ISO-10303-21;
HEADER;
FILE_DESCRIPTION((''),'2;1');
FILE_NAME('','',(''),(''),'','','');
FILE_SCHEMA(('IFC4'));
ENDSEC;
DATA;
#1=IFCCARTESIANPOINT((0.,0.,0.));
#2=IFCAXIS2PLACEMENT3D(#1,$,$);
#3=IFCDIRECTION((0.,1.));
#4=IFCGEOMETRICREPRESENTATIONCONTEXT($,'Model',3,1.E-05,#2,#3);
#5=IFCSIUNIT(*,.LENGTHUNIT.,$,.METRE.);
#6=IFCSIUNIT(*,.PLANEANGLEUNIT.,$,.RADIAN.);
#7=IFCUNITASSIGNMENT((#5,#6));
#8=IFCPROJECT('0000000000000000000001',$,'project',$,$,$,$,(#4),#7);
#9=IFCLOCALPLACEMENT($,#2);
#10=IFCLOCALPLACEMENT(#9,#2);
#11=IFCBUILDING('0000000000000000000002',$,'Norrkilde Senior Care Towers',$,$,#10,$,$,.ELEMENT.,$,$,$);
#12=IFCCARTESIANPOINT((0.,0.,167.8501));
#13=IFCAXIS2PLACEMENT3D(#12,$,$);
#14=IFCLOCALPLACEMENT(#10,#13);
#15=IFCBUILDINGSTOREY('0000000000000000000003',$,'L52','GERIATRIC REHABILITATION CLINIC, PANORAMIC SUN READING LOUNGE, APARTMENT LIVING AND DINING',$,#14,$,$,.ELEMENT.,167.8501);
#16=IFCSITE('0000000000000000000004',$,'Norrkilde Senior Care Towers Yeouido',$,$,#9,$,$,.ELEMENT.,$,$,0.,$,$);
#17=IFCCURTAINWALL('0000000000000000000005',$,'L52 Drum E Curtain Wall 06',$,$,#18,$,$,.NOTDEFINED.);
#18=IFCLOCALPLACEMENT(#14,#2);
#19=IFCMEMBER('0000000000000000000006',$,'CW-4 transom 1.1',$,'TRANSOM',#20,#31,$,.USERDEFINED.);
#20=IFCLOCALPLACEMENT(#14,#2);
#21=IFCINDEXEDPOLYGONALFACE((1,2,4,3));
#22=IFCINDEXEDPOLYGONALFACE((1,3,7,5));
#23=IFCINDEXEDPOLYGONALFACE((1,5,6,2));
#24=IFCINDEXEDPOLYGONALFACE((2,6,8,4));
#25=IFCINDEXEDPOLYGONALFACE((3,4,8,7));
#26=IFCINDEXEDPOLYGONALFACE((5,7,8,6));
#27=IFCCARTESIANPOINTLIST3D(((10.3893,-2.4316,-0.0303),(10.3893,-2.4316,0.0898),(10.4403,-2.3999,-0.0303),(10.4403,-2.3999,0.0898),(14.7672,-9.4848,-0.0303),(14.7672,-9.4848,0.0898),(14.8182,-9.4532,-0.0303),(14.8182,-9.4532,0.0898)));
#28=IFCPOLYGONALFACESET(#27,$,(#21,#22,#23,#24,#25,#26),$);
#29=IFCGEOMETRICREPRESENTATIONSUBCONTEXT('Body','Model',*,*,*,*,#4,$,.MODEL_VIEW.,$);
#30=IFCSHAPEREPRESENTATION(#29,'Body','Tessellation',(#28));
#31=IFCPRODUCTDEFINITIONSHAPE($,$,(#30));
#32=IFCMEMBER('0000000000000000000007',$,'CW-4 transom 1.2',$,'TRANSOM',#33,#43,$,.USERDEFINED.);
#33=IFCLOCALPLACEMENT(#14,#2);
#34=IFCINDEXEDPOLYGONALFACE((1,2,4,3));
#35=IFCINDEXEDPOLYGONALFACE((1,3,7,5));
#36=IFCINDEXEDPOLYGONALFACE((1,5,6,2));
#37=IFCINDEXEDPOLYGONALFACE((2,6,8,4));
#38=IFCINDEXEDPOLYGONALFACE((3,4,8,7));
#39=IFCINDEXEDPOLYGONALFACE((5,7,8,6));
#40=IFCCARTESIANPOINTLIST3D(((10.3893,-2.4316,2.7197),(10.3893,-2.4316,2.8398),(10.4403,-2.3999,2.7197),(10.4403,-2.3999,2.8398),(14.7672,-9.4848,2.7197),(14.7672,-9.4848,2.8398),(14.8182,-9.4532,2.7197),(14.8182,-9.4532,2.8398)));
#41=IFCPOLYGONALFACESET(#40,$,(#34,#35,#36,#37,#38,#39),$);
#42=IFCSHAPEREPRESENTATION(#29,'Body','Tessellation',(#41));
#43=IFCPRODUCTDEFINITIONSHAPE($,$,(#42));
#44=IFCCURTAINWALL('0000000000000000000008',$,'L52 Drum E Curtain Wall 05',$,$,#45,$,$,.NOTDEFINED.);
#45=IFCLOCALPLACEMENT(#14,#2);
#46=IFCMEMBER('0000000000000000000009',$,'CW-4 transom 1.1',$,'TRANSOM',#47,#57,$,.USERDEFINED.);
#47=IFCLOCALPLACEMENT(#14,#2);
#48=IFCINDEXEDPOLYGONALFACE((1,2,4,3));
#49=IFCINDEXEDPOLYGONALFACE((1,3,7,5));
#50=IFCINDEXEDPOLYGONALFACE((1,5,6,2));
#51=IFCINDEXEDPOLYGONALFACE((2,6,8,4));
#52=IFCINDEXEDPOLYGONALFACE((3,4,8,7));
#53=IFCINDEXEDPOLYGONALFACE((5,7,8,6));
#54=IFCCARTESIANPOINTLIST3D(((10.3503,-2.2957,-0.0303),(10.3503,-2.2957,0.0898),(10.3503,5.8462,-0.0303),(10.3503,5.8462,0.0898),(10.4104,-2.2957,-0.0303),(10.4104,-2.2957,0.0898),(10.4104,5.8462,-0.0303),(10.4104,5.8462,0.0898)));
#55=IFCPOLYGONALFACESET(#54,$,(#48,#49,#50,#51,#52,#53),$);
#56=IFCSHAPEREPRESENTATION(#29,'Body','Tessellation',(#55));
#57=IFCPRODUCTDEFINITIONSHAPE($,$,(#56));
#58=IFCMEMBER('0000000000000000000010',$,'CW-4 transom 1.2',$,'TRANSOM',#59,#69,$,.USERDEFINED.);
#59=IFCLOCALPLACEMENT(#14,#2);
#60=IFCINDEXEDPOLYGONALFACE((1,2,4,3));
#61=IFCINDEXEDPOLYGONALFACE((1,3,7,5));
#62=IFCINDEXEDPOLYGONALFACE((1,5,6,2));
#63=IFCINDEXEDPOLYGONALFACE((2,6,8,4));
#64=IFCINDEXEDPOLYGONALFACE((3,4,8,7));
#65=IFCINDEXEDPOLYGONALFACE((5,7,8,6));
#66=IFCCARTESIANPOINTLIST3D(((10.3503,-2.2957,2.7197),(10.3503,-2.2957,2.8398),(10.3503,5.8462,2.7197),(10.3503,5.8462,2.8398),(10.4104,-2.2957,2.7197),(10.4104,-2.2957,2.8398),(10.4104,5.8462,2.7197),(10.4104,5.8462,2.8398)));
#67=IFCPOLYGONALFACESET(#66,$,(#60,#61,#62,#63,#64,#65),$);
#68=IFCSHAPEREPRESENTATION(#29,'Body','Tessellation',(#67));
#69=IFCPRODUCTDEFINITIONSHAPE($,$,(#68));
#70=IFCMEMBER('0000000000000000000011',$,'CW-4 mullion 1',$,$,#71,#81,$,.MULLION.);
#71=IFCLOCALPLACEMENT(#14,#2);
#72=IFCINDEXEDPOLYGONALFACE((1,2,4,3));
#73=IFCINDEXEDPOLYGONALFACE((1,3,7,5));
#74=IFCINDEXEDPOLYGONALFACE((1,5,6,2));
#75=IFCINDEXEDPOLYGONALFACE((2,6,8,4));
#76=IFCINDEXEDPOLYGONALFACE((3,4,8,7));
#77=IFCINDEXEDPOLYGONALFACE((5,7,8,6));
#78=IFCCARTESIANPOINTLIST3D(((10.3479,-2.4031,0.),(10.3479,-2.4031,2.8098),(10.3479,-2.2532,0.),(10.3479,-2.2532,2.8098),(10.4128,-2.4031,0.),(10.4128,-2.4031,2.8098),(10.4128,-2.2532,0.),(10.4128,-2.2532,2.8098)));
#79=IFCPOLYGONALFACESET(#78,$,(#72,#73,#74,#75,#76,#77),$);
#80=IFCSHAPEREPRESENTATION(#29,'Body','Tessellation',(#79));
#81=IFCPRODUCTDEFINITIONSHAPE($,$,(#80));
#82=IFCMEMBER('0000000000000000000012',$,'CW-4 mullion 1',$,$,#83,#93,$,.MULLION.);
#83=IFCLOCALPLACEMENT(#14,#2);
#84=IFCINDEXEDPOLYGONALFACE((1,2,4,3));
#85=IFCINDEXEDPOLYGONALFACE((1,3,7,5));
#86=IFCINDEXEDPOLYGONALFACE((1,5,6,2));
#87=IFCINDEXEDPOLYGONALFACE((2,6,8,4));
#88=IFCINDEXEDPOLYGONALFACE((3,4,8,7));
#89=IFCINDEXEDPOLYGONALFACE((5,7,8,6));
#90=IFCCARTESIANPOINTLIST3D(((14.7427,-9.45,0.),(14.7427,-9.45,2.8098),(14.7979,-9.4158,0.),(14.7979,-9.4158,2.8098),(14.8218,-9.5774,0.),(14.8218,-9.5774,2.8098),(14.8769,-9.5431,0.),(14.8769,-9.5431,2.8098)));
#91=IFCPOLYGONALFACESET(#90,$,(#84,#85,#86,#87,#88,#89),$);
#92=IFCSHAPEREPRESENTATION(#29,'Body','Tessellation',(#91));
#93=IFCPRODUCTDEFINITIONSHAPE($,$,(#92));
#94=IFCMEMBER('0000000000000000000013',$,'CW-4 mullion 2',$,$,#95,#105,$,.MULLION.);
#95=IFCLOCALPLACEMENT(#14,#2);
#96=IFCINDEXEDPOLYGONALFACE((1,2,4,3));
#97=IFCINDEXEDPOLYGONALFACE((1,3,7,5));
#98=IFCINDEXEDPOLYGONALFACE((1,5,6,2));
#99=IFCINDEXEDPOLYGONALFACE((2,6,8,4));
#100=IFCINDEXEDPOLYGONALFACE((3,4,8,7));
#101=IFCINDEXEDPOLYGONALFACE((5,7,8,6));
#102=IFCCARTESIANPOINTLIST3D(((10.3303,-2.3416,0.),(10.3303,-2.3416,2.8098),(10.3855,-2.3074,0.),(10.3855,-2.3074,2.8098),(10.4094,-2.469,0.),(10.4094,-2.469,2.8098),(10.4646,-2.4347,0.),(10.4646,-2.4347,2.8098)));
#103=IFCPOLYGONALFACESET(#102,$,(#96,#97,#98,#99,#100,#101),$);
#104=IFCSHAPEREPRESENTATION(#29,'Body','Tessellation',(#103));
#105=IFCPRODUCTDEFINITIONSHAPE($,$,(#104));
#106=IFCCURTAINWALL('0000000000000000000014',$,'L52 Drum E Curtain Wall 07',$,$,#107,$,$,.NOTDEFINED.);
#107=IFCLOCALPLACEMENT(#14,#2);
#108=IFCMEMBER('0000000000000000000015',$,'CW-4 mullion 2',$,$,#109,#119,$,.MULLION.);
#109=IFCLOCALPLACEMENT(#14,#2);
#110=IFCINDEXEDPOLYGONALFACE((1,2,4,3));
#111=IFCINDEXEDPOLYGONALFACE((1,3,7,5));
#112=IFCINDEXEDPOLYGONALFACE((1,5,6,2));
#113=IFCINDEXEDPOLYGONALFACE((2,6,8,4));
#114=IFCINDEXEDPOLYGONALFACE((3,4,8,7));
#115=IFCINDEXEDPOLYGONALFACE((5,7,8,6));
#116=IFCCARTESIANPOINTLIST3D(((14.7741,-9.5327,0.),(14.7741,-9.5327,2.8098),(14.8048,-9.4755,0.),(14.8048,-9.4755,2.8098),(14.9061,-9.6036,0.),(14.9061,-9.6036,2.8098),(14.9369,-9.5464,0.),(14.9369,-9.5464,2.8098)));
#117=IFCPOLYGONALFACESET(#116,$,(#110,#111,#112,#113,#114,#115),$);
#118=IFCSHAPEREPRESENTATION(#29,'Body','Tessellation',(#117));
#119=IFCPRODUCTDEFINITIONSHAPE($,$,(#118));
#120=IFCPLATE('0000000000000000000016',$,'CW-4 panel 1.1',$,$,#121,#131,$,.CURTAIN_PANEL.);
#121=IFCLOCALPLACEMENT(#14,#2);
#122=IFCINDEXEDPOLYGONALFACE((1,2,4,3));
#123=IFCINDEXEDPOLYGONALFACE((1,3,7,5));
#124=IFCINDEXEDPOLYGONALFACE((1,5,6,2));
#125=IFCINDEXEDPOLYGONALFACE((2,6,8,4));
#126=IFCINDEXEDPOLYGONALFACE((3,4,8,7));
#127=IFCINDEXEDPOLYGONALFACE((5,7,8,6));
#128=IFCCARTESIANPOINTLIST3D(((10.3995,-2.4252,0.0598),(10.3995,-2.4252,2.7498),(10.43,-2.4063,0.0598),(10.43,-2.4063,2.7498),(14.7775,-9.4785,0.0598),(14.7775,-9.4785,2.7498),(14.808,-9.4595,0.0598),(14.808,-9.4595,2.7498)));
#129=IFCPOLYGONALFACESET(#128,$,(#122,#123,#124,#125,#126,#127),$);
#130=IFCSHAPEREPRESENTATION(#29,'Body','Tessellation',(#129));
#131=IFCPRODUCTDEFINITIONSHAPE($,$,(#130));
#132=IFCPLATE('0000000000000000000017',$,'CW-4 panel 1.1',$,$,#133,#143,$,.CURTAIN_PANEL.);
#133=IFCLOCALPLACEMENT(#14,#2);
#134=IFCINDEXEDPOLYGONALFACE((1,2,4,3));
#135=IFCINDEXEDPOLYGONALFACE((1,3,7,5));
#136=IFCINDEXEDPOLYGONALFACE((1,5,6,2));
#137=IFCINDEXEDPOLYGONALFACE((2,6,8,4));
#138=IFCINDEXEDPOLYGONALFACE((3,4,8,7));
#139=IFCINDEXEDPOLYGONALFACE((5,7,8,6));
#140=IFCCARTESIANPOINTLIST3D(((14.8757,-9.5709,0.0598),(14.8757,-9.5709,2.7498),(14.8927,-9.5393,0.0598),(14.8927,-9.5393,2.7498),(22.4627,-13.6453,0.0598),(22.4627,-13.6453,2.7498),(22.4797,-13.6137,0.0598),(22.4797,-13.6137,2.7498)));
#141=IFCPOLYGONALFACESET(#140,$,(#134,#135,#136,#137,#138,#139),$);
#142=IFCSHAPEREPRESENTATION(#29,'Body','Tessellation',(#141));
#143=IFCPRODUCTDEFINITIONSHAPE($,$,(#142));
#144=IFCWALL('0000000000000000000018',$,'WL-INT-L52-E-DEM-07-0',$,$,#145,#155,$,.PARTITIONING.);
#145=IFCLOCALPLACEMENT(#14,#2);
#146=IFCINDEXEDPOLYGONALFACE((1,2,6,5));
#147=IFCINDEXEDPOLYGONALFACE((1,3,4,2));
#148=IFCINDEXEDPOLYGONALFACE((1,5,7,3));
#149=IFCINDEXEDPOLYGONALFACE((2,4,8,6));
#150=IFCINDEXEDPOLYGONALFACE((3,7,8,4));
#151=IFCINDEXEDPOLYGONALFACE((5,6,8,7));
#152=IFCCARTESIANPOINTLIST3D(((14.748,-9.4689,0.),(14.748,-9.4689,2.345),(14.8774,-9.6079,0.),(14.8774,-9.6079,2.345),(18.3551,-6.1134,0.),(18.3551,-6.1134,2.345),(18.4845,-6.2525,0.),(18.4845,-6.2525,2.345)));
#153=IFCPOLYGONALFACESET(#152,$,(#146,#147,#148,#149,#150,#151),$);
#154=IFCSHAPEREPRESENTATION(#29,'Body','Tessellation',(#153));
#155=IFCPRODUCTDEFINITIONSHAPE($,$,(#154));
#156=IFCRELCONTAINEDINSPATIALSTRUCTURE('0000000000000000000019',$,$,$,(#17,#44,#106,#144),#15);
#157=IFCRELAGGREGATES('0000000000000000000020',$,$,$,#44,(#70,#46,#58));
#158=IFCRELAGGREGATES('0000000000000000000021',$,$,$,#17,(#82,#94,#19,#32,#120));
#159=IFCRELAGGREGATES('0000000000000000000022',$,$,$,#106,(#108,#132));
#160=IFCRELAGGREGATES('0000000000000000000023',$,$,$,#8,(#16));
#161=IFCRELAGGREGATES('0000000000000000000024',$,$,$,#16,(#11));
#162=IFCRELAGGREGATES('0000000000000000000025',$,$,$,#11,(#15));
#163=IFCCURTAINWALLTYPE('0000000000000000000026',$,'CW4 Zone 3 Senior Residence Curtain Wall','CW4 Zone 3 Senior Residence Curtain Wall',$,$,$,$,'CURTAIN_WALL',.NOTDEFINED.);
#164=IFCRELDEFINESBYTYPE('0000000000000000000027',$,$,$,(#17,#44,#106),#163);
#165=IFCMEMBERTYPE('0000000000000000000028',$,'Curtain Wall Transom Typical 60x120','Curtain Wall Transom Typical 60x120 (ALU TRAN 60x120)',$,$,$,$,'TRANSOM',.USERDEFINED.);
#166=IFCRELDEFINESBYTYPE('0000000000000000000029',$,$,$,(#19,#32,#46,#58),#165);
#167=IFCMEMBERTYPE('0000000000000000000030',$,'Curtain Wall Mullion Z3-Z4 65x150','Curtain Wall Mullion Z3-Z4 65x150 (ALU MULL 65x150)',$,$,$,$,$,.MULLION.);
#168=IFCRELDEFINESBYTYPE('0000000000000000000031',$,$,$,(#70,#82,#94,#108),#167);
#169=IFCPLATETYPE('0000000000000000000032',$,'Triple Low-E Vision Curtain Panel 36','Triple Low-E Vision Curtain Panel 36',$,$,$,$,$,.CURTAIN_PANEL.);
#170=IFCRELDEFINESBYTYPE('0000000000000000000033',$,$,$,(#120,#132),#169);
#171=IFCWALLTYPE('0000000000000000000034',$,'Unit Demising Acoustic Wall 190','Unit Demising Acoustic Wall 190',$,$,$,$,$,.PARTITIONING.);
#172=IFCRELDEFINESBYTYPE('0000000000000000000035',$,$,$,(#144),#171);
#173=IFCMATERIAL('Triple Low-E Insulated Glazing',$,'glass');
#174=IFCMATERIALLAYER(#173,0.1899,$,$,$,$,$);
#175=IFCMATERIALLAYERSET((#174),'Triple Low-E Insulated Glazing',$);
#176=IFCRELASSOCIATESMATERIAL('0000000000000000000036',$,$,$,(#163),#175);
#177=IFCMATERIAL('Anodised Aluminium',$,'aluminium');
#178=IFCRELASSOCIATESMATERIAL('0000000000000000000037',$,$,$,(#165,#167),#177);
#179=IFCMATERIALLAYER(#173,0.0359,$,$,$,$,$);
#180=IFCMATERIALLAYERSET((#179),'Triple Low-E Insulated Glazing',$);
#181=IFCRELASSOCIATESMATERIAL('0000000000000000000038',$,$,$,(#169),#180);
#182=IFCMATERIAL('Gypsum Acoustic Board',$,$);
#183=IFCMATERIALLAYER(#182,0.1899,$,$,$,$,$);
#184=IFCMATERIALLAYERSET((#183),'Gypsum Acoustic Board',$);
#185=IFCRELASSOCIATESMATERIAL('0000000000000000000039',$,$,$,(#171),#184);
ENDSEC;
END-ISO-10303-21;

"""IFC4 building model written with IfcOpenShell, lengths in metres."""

from ifc_helpers import new_model, si_unit, direction, frame, frame_2d, origin, origin_2d, place, context, subcontext, project, spatial, rectangle, extrude, source, transform, mapped, material, layer, layer_set, material_profile, profile_set, type_object, type_shapes, element, aggregate, save


model = new_model("IFC4")

# Units and contexts
model_context = context("Model", 3, precision=1e-05, world=origin(), true_north=direction((0.0, 1.0)))
body_context = subcontext(model_context, "Body", "Model", "MODEL_VIEW")
ifc_project = project(units=[si_unit("LENGTHUNIT", "METRE"), si_unit("PLANEANGLEUNIT", "RADIAN")], contexts=[model_context])

# Site, building, storey
site_placement = place(None, origin())
site = spatial("IfcSite", under=ifc_project, at=site_placement, Name="Norrkilde Senior Care Towers Yeouido", CompositionType="ELEMENT", RefElevation=0.0)
building_placement = place(site_placement, origin())
building = spatial("IfcBuilding", under=site, at=building_placement, Name="Norrkilde Senior Care Towers", CompositionType="ELEMENT")
storey_placement = place(building_placement, frame((0.0, 0.0, 167.8501)))
storey = spatial("IfcBuildingStorey", under=building, at=storey_placement, Name="L52", Description="GERIATRIC REHABILITATION CLINIC, PANORAMIC SUN READING LOUNGE, APARTMENT LIVING AND DINING", CompositionType="ELEMENT", Elevation=167.8501)

# Curtain walls, members
ifc_material_1 = material(Name="Triple Low-E Insulated Glazing", Category="glass")
ifc_layer_1 = layer(ifc_material_1, 0.1899)
ifc_layer_set_1 = layer_set([ifc_layer_1], Name="Triple Low-E Insulated Glazing")
curtain_wall_type = type_object("IfcCurtainWallType", Name="CW4 Zone 3 Senior Residence Curtain Wall", Description="CW4 Zone 3 Senior Residence Curtain Wall", ElementType="CURTAIN_WALL", PredefinedType="NOTDEFINED", material=ifc_layer_set_1)
curtain_wall_1_placement = place(storey_placement, origin())
curtain_wall_1 = element("IfcCurtainWall", 1, at=curtain_wall_1_placement, inside=storey, type_object=curtain_wall_type, Name="L52 Drum E Curtain Wall 06", PredefinedType="NOTDEFINED")
ifc_material_2 = material(Name="Anodised Aluminium", Category="aluminium")
ifc_material_profile_1 = material_profile(ifc_material_2, rectangle(XDim=0.0601, YDim=0.1201, at=origin_2d()), Name="ALU TRAN 60x120")
ifc_profile_set_1 = profile_set([ifc_material_profile_1], Name="Anodised Aluminium")
member_type_1 = type_object("IfcMemberType", Name="Curtain Wall Transom Typical 60x120", Description="Curtain Wall Transom Typical 60x120 (ALU TRAN 60x120)", ElementType="TRANSOM", PredefinedType="USERDEFINED", material=ifc_profile_set_1)
shared_shape_1 = source(origin(), body_context, "Body", "SweptSolid", [
    extrude(rectangle(XDim=0.0601, YDim=0.1201, at=origin_2d()), origin(), (0.0, 0.0, 1.0), 8.3015),
])
member_1_placement = place(storey_placement, frame((14.7927, -9.469, 0.0298), z_axis=(-0.527369, 0.849637, 0.0), x_axis=(-0.849637, -0.527369, 0.0)))
member_1 = element("IfcMember", 2, at=member_1_placement, type_object=member_type_1, Name="CW-4 transom 1.1", ObjectType="TRANSOM", PredefinedType="USERDEFINED", context=body_context, shape_type="MappedRepresentation", body=[
    mapped(shared_shape_1, transform((0.0, 0.0, 0.0), x_axis=(1.0, 0.0, 0.0), y_axis=(0.0, 1.0, 0.0), z_axis=(0.0, 0.0, 1.0), scale=1.0)),
])
member_2_placement = place(storey_placement, frame((14.7927, -9.469, 2.7798), z_axis=(-0.527369, 0.849637, 0.0), x_axis=(-0.849637, -0.527369, 0.0)))
member_2 = element("IfcMember", 3, at=member_2_placement, type_object=member_type_1, Name="CW-4 transom 1.2", ObjectType="TRANSOM", PredefinedType="USERDEFINED", context=body_context, shape_type="MappedRepresentation", body=[
    mapped(shared_shape_1, transform((0.0, 0.0, 0.0), x_axis=(1.0, 0.0, 0.0), y_axis=(0.0, 1.0, 0.0), z_axis=(0.0, 0.0, 1.0), scale=1.0)),
])
curtain_wall_2_placement = place(storey_placement, origin())
curtain_wall_2 = element("IfcCurtainWall", 4, at=curtain_wall_2_placement, inside=storey, type_object=curtain_wall_type, Name="L52 Drum E Curtain Wall 05", PredefinedType="NOTDEFINED")
shared_shape_2 = source(origin(), body_context, "Body", "SweptSolid", [
    extrude(rectangle(XDim=0.0601, YDim=0.1201, at=origin_2d()), origin(), (0.0, 0.0, 1.0), 8.1418),
])
type_shapes(member_type_1, [shared_shape_1, shared_shape_2])
member_3_placement = place(storey_placement, frame((10.3804, -2.2957, 0.0298), z_axis=(0.0, 1.0, 0.0), x_axis=(-1.0, 0.0, 0.0)))
member_3 = element("IfcMember", 5, at=member_3_placement, type_object=member_type_1, Name="CW-4 transom 1.1", ObjectType="TRANSOM", PredefinedType="USERDEFINED", context=body_context, shape_type="MappedRepresentation", body=[
    mapped(shared_shape_2, transform((0.0, 0.0, 0.0), x_axis=(1.0, 0.0, 0.0), y_axis=(0.0, 1.0, 0.0), z_axis=(0.0, 0.0, 1.0), scale=1.0)),
])
member_4_placement = place(storey_placement, frame((10.3804, -2.2957, 2.7798), z_axis=(0.0, 1.0, 0.0), x_axis=(-1.0, 0.0, 0.0)))
member_4 = element("IfcMember", 6, at=member_4_placement, type_object=member_type_1, Name="CW-4 transom 1.2", ObjectType="TRANSOM", PredefinedType="USERDEFINED", context=body_context, shape_type="MappedRepresentation", body=[
    mapped(shared_shape_2, transform((0.0, 0.0, 0.0), x_axis=(1.0, 0.0, 0.0), y_axis=(0.0, 1.0, 0.0), z_axis=(0.0, 0.0, 1.0), scale=1.0)),
])
ifc_material_profile_2 = material_profile(ifc_material_2, rectangle(XDim=0.0649, YDim=0.1499, at=origin_2d()), Name="ALU MULL 65x150")
ifc_profile_set_2 = profile_set([ifc_material_profile_2], Name="Anodised Aluminium")
member_type_2 = type_object("IfcMemberType", Name="Curtain Wall Mullion Z3-Z4 65x150", Description="Curtain Wall Mullion Z3-Z4 65x150 (ALU MULL 65x150)", PredefinedType="MULLION", material=ifc_profile_set_2)
shared_shape_3 = source(origin(), body_context, "Body", "SweptSolid", [
    extrude(rectangle(XDim=0.0649, YDim=0.1499, at=origin_2d()), origin(), (0.0, 0.0, 1.0), 2.8098),
])
type_shapes(member_type_2, [shared_shape_3])
member_5_placement = place(storey_placement, frame((10.3804, -2.3281, 0.0), z_axis=(0.0, 0.0, 1.0), x_axis=(-1.0, 0.0, 0.0)))
member_5 = element("IfcMember", 7, at=member_5_placement, type_object=member_type_2, Name="CW-4 mullion 1", PredefinedType="MULLION", context=body_context, shape_type="MappedRepresentation", body=[
    mapped(shared_shape_3, transform((0.0, 0.0, 0.0), x_axis=(1.0, 0.0, 0.0), y_axis=(0.0, 1.0, 0.0), z_axis=(0.0, 0.0, 1.0), scale=1.0)),
])
aggregate(curtain_wall_2, [member_5, member_3, member_4])

# Members
member_6_placement = place(storey_placement, frame((14.8098, -9.4966, 0.0), z_axis=(0.0, 0.0, 1.0), x_axis=(-0.849634, -0.527373, 0.0)))
member_6 = element("IfcMember", 8, at=member_6_placement, type_object=member_type_2, Name="CW-4 mullion 1", PredefinedType="MULLION", context=body_context, shape_type="MappedRepresentation", body=[
    mapped(shared_shape_3, transform((0.0, 0.0, 0.0), x_axis=(1.0, 0.0, 0.0), y_axis=(0.0, 1.0, 0.0), z_axis=(0.0, 0.0, 1.0), scale=1.0)),
])
member_7_placement = place(storey_placement, frame((10.3975, -2.3882, 0.0), z_axis=(0.0, 0.0, 1.0), x_axis=(-0.849634, -0.527373, 0.0)))
member_7 = element("IfcMember", 9, at=member_7_placement, type_object=member_type_2, Name="CW-4 mullion 2", PredefinedType="MULLION", context=body_context, shape_type="MappedRepresentation", body=[
    mapped(shared_shape_3, transform((0.0, 0.0, 0.0), x_axis=(1.0, 0.0, 0.0), y_axis=(0.0, 1.0, 0.0), z_axis=(0.0, 0.0, 1.0), scale=1.0)),
])

# Curtain wall, member
curtain_wall_3_placement = place(storey_placement, origin())
curtain_wall_3 = element("IfcCurtainWall", 10, at=curtain_wall_3_placement, inside=storey, type_object=curtain_wall_type, Name="L52 Drum E Curtain Wall 07", PredefinedType="NOTDEFINED")
member_8_placement = place(storey_placement, frame((14.8555, -9.5396, 0.0), z_axis=(0.0, 0.0, 1.0), x_axis=(-0.473117, -0.881, 0.0)))
member_8 = element("IfcMember", 11, at=member_8_placement, type_object=member_type_2, Name="CW-4 mullion 2", PredefinedType="MULLION", context=body_context, shape_type="MappedRepresentation", body=[
    mapped(shared_shape_3, transform((0.0, 0.0, 0.0), x_axis=(1.0, 0.0, 0.0), y_axis=(0.0, 1.0, 0.0), z_axis=(0.0, 0.0, 1.0), scale=1.0)),
])

# Plates
ifc_layer_2 = layer(ifc_material_1, 0.0359)
ifc_layer_set_2 = layer_set([ifc_layer_2], Name="Triple Low-E Insulated Glazing")
plate_type = type_object("IfcPlateType", Name="Triple Low-E Vision Curtain Panel 36", Description="Triple Low-E Vision Curtain Panel 36", PredefinedType="CURTAIN_PANEL", material=ifc_layer_set_2)
shared_shape_4 = source(origin(), body_context, "Body", "SweptSolid", [
    extrude(rectangle(XDim=8.3015, YDim=0.0359, at=origin_2d()), origin(), (0.0, 0.0, 1.0), 2.6899),
])
plate_1_placement = place(storey_placement, frame((12.6038, -5.9424, 0.0598), z_axis=(0.0, 0.0, 1.0), x_axis=(-0.527373, 0.849634, 0.0)))
plate_1 = element("IfcPlate", 12, at=plate_1_placement, type_object=plate_type, Name="CW-4 panel 1.1", PredefinedType="CURTAIN_PANEL", context=body_context, shape_type="MappedRepresentation", body=[
    mapped(shared_shape_4, transform((0.0, 0.0, 0.0), x_axis=(1.0, 0.0, 0.0), y_axis=(0.0, 1.0, 0.0), z_axis=(0.0, 0.0, 1.0), scale=1.0)),
])
aggregate(curtain_wall_1, [member_6, member_7, member_1, member_2, plate_1])
shared_shape_5 = source(origin(), body_context, "Body", "SweptSolid", [
    extrude(rectangle(XDim=8.6118, YDim=0.0359, at=origin_2d()), origin(), (0.0, 0.0, 1.0), 2.6899),
])
type_shapes(plate_type, [shared_shape_4, shared_shape_5])
plate_2_placement = place(storey_placement, frame((18.6777, -11.5923, 0.0598), z_axis=(0.0, 0.0, 1.0), x_axis=(-0.881, 0.473117, 0.0)))
plate_2 = element("IfcPlate", 13, at=plate_2_placement, type_object=plate_type, Name="CW-4 panel 1.1", PredefinedType="CURTAIN_PANEL", context=body_context, shape_type="MappedRepresentation", body=[
    mapped(shared_shape_5, transform((0.0, 0.0, 0.0), x_axis=(1.0, 0.0, 0.0), y_axis=(0.0, 1.0, 0.0), z_axis=(0.0, 0.0, 1.0), scale=1.0)),
])
aggregate(curtain_wall_3, [member_8, plate_2])

# Wall
ifc_material_3 = material(Name="Gypsum Acoustic Board")
ifc_layer_3 = layer(ifc_material_3, 0.1899)
ifc_layer_set_3 = layer_set([ifc_layer_3], Name="Gypsum Acoustic Board")
wall_type_1 = type_object("IfcWallType", Name="Unit Demising Acoustic Wall 190", Description="Unit Demising Acoustic Wall 190", PredefinedType="PARTITIONING", material=ifc_layer_set_3)
shared_shape_6 = source(origin(), body_context, "Body", "SweptSolid", [
    extrude(rectangle(XDim=4.9265, YDim=0.1899, at=frame_2d((2.4634, 0.0))), origin(), (0.0, 0.0, 1.0), 2.345),
])
type_shapes(wall_type_1, [shared_shape_6])
wall_1_placement = place(storey_placement, frame((18.4199, -6.1829, 0.0), z_axis=(0.0, 0.0, 1.0), x_axis=(-0.732191, -0.681099, 0.0)))
element("IfcWall", 14, at=wall_1_placement, inside=storey, type_object=wall_type_1, Name="WL-INT-L52-E-DEM-07-0", PredefinedType="PARTITIONING", context=body_context, shape_type="MappedRepresentation", body=[
    mapped(shared_shape_6, transform((0.0, 0.0, 0.0), x_axis=(1.0, 0.0, 0.0), y_axis=(0.0, 1.0, 0.0), z_axis=(0.0, 0.0, 1.0), scale=1.0)),
])

save(model, "model.ifc")
